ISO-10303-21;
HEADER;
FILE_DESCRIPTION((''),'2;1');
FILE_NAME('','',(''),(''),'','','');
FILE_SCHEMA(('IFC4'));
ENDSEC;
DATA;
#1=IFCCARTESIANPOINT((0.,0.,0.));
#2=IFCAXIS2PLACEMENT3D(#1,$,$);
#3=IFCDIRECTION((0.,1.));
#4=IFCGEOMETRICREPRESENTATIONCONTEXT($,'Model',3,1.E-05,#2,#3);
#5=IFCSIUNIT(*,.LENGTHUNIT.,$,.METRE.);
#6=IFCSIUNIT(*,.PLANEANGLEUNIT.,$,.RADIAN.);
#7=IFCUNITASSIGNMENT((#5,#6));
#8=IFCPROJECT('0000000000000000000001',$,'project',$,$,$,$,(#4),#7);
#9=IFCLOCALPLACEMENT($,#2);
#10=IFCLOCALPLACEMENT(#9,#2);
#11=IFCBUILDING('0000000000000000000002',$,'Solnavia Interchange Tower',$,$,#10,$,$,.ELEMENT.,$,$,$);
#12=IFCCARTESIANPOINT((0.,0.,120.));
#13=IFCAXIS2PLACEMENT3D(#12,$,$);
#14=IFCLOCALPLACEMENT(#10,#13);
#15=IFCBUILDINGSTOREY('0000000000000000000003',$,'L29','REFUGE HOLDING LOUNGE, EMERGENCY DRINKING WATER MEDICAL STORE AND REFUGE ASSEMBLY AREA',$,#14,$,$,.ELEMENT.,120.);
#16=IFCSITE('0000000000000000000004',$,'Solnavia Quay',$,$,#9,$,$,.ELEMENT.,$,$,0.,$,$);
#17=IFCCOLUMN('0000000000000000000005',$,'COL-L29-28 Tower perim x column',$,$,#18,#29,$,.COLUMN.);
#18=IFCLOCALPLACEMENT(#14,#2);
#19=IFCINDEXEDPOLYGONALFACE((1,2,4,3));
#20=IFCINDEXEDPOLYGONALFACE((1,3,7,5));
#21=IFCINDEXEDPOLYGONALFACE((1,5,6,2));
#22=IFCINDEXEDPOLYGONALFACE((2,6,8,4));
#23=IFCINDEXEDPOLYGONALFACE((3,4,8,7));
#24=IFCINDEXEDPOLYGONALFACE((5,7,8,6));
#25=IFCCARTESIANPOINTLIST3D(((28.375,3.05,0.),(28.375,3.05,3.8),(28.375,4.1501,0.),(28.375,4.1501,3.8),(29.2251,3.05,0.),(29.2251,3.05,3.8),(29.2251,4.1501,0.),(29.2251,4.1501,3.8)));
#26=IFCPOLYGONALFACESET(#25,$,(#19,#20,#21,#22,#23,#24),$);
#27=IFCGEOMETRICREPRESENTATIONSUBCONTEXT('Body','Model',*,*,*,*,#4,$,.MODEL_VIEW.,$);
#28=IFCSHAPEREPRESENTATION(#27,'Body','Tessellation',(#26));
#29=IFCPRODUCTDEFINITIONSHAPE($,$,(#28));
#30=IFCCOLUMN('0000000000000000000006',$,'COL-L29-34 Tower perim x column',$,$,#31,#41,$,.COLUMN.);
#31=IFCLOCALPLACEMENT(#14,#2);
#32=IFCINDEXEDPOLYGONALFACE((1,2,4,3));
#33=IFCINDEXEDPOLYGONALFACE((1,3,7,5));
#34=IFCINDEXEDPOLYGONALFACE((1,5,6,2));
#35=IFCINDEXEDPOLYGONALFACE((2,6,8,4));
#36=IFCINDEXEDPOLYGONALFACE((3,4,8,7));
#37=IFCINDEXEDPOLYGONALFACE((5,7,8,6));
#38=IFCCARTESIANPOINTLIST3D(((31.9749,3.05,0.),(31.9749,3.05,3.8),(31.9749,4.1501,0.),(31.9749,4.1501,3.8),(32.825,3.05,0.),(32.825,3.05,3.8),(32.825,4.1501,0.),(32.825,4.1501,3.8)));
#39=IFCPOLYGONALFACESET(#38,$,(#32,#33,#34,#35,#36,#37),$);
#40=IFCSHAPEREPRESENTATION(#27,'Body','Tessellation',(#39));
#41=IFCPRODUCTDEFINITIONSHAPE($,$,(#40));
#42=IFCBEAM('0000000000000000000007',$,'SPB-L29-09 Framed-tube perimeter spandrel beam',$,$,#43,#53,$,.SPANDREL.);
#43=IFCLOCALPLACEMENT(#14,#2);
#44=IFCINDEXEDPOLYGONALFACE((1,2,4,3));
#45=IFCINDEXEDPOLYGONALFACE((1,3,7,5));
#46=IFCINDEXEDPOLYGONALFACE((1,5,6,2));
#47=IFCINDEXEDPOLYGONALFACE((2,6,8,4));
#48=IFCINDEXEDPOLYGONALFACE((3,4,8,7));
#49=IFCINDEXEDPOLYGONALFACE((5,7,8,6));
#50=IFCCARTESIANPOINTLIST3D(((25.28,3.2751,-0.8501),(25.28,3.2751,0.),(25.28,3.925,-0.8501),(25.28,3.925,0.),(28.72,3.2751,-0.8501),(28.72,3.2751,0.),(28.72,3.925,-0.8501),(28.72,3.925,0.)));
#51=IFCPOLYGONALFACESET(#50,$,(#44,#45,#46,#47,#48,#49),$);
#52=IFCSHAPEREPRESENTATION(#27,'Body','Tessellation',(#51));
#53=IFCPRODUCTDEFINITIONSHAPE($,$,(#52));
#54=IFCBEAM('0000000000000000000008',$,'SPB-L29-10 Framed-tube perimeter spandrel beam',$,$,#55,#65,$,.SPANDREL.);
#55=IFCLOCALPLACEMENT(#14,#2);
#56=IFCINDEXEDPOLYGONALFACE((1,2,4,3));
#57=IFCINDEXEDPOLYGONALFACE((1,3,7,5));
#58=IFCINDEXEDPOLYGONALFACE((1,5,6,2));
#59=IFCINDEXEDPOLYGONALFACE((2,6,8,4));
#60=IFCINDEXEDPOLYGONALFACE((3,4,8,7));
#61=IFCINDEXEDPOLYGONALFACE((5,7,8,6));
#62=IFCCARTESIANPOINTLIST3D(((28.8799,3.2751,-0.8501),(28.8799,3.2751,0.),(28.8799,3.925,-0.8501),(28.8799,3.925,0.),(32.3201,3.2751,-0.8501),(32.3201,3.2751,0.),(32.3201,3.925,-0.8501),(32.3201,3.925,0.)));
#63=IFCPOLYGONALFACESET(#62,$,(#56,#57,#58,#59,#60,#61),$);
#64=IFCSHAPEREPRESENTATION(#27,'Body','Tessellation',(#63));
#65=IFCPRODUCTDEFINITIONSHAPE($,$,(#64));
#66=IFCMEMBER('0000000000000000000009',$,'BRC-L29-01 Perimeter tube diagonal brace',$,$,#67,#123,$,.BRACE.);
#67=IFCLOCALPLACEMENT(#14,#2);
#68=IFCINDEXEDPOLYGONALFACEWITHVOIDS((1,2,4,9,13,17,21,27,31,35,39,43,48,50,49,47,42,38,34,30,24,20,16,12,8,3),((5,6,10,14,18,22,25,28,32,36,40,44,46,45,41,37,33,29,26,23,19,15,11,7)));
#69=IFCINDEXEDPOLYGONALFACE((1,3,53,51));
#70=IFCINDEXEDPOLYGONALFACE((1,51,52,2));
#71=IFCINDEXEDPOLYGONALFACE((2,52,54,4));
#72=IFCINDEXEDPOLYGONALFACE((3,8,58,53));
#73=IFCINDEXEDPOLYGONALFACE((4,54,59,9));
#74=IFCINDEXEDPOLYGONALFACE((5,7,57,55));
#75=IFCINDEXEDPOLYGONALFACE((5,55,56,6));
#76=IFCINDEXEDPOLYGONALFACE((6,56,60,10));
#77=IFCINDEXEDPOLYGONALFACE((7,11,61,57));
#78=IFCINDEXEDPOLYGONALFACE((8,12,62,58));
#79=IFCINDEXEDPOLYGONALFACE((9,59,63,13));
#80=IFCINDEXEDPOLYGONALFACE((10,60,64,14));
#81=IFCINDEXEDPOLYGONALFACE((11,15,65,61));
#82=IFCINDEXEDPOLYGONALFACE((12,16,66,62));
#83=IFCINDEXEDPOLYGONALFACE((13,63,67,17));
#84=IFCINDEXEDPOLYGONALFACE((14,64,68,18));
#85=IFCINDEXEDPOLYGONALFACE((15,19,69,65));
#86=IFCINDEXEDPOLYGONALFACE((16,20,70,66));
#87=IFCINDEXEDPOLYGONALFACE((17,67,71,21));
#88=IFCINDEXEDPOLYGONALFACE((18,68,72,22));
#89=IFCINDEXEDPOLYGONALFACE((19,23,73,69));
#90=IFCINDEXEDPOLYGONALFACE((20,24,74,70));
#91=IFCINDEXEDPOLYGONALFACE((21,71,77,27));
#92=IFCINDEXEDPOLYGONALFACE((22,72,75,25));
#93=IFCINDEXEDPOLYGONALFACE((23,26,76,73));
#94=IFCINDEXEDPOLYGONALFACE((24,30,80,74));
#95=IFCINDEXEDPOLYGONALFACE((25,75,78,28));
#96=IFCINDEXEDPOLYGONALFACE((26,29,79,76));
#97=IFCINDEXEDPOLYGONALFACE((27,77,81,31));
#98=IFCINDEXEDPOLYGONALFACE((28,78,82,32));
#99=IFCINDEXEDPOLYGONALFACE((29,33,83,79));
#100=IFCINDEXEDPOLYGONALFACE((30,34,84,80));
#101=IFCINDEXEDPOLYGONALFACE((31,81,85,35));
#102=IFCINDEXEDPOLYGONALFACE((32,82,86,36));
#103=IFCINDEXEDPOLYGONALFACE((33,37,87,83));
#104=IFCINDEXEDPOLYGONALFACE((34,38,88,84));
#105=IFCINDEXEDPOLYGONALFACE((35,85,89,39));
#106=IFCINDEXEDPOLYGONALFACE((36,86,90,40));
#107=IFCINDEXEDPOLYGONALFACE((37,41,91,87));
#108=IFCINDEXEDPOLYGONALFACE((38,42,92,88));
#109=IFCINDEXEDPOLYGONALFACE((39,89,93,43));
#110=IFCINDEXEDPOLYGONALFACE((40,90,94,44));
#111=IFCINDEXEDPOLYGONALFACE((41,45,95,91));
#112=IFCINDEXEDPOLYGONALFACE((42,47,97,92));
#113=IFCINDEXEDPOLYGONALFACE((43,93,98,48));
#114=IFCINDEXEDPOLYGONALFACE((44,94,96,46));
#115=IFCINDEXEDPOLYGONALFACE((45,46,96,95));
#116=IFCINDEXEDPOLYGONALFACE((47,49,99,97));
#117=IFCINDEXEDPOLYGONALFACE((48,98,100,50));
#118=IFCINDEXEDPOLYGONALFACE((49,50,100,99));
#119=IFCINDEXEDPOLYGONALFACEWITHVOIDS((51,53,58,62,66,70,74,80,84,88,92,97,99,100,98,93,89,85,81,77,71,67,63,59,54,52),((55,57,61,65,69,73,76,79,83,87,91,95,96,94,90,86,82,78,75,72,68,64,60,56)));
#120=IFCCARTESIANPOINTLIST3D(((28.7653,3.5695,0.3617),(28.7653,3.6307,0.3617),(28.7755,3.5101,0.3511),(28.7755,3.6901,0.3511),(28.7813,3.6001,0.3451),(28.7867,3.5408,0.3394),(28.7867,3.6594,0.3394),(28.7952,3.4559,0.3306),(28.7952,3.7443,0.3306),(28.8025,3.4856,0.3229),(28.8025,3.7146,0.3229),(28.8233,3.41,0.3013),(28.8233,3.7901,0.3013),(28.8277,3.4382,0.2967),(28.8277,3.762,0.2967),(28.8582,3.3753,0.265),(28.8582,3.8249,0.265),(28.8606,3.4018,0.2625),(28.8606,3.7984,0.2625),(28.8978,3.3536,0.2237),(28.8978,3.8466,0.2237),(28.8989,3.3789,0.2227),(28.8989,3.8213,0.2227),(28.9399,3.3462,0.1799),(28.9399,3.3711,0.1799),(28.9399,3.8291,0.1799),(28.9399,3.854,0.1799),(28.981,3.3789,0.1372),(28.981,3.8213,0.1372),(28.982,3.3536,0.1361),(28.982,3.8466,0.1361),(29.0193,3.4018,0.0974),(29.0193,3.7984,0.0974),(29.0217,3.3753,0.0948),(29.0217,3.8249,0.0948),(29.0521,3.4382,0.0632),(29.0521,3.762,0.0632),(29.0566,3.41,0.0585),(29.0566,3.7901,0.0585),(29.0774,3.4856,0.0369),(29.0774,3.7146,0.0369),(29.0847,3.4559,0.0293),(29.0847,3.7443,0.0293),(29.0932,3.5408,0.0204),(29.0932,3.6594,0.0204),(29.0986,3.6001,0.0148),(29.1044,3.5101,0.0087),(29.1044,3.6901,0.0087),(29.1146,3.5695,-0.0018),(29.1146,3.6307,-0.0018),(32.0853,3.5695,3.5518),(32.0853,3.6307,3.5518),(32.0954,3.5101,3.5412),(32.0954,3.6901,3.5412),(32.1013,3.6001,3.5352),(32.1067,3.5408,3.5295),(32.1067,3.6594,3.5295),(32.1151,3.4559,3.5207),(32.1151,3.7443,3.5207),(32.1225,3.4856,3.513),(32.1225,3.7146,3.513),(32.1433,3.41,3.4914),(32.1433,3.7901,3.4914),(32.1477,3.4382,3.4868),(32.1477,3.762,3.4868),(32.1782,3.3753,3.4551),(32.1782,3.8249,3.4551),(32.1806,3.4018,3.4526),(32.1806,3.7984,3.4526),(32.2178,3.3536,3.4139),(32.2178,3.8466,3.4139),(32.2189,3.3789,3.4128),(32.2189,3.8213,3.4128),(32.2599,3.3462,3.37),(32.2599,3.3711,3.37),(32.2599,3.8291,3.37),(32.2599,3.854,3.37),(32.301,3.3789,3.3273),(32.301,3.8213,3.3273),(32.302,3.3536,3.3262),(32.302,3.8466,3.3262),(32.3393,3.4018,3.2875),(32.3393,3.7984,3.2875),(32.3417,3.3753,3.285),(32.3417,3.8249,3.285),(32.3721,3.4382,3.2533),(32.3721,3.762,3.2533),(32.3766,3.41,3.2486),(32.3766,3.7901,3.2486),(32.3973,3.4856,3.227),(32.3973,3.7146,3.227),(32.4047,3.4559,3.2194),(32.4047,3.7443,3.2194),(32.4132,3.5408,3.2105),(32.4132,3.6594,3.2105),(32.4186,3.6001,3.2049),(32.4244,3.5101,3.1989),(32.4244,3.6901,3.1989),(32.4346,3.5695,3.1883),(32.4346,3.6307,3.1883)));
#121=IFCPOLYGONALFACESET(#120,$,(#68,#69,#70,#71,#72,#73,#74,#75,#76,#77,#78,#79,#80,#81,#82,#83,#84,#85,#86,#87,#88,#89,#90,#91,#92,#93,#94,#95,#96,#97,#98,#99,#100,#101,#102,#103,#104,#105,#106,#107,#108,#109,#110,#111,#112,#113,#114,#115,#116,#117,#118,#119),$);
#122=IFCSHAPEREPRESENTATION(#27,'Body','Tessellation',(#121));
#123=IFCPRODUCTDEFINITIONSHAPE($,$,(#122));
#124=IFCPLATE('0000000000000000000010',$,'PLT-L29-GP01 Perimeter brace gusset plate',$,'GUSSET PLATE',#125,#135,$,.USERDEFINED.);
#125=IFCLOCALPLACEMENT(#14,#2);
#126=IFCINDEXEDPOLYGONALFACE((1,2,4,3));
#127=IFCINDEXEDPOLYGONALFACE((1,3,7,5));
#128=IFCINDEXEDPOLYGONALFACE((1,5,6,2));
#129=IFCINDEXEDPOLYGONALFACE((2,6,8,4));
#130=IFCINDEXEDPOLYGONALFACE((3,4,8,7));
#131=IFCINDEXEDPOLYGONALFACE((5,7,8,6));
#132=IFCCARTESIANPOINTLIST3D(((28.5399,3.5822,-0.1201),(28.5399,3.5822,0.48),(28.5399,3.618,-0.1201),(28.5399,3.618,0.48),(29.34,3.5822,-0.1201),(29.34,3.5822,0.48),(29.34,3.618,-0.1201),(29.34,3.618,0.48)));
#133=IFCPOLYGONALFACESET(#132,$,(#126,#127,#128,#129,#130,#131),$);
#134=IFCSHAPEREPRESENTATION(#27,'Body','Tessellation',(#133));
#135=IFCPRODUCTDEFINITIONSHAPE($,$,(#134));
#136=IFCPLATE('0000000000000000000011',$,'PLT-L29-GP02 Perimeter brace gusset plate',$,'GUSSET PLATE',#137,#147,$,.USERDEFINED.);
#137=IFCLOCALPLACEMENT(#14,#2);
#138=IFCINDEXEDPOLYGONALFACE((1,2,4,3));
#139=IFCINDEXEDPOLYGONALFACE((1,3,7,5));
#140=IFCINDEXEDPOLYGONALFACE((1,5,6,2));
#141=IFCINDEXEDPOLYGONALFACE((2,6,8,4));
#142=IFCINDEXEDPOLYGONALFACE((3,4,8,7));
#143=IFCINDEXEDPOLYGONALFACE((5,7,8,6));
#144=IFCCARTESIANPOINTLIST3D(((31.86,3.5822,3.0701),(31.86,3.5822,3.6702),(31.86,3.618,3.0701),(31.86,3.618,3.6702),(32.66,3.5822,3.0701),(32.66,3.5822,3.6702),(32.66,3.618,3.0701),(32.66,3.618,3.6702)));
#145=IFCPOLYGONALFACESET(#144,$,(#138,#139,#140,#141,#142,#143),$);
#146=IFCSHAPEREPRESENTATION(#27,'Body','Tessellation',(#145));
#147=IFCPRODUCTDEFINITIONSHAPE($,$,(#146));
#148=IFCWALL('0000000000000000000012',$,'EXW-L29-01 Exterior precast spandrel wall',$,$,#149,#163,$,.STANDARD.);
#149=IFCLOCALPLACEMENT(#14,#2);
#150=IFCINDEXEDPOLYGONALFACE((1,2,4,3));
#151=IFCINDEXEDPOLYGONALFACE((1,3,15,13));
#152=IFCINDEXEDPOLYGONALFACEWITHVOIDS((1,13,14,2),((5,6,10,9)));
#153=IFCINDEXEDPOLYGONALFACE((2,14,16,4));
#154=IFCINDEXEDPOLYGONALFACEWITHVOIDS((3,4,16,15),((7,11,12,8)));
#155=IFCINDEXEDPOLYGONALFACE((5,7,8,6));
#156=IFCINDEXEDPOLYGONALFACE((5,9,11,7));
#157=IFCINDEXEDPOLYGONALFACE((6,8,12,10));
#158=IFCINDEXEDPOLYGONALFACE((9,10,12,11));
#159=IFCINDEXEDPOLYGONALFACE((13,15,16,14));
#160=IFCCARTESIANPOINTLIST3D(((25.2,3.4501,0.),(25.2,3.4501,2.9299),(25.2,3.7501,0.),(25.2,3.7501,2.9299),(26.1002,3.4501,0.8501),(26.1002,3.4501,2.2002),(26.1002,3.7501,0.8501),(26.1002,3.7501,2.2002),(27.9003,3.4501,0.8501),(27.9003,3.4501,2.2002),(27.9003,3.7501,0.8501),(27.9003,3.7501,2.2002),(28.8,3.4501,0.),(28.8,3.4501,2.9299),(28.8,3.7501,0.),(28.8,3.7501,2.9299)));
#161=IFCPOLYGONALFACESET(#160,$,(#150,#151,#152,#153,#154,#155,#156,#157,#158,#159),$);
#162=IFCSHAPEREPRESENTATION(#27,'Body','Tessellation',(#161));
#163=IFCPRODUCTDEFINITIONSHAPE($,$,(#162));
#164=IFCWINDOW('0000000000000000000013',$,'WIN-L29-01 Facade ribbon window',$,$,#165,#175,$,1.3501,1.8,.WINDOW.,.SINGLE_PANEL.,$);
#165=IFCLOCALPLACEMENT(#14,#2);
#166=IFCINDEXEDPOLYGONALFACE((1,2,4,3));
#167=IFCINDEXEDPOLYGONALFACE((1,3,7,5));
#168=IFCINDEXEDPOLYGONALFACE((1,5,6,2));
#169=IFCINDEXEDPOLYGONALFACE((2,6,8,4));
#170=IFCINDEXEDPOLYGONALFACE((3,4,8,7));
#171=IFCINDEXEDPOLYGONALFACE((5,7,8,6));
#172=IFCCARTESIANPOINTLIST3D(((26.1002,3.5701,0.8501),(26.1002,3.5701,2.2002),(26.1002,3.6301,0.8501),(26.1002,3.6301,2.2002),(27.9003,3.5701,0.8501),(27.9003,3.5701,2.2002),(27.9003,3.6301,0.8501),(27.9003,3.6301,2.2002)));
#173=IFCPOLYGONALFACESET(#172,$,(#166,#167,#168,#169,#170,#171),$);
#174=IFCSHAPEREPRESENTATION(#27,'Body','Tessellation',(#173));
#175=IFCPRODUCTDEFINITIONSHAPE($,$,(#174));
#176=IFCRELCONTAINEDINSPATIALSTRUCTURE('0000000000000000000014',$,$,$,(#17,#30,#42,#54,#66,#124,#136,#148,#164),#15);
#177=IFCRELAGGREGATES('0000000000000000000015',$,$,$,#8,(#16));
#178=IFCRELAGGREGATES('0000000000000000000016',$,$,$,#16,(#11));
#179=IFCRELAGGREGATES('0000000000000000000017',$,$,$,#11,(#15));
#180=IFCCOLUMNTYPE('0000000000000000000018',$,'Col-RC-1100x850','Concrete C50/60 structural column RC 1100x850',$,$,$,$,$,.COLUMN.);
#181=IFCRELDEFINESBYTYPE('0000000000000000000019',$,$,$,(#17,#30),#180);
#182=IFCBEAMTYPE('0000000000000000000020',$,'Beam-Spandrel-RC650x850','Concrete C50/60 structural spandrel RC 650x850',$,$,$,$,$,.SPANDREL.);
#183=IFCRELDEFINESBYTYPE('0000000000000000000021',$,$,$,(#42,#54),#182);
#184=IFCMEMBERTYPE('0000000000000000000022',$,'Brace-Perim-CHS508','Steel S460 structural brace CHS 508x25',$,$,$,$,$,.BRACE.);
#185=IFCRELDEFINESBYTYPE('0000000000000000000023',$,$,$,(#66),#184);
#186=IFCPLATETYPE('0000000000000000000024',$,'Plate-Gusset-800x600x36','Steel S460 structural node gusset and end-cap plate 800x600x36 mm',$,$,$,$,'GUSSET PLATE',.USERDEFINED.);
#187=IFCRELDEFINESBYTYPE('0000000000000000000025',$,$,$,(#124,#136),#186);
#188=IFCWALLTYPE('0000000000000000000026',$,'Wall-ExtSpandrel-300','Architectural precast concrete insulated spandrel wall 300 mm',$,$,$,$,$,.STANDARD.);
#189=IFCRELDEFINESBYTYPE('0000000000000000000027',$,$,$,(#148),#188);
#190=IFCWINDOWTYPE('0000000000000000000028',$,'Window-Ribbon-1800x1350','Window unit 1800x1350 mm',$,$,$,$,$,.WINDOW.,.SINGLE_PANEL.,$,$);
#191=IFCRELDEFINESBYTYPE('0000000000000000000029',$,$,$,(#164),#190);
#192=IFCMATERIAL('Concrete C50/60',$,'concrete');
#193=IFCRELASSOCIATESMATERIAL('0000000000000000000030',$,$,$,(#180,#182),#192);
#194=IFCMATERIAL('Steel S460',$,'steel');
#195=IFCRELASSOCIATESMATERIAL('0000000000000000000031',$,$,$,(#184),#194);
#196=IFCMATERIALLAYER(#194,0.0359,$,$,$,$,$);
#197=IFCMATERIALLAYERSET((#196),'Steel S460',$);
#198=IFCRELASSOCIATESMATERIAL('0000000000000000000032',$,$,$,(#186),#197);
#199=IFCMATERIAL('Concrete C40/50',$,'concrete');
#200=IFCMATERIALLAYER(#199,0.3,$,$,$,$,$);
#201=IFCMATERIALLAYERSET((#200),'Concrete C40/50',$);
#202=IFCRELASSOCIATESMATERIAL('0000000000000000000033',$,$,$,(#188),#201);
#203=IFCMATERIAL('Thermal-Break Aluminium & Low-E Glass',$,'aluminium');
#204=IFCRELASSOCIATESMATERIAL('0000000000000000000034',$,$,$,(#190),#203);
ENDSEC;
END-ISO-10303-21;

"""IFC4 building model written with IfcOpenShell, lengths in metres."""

from ifc_helpers import new_model, si_unit, direction, frame, frame_2d, origin, origin_2d, place, context, subcontext, project, spatial, rectangle, hollow_circle, extrude, material, layer, layer_set, material_profile, profile_set, type_object, element, fill, save


model = new_model("IFC4")

# Units and contexts
model_context = context("Model", 3, precision=1e-05, world=origin(), true_north=direction((0.0, 1.0)))
body_context = subcontext(model_context, "Body", "Model", "MODEL_VIEW")
ifc_project = project(units=[si_unit("LENGTHUNIT", "METRE"), si_unit("PLANEANGLEUNIT", "RADIAN")], contexts=[model_context])

# Site, building, storey
site_placement = place(None, origin())
site = spatial("IfcSite", under=ifc_project, at=site_placement, Name="Solnavia Quay", CompositionType="ELEMENT", RefElevation=0.0)
building_placement = place(site_placement, origin())
building = spatial("IfcBuilding", under=site, at=building_placement, Name="Solnavia Interchange Tower", CompositionType="ELEMENT")
storey_placement = place(building_placement, frame((0.0, 0.0, 120.0)))
storey = spatial("IfcBuildingStorey", under=building, at=storey_placement, Name="L29", Description="REFUGE HOLDING LOUNGE, EMERGENCY DRINKING WATER MEDICAL STORE AND REFUGE ASSEMBLY AREA", CompositionType="ELEMENT", Elevation=120.0)

# Columns
ifc_material_1 = material(Name="Concrete C50/60", Category="concrete")
ifc_material_profile_1 = material_profile(ifc_material_1, rectangle(XDim=0.8501, YDim=1.1001, at=origin_2d()), Name="RC 1100x850")
ifc_profile_set_1 = profile_set([ifc_material_profile_1], Name="Concrete C50/60")
column_type = type_object("IfcColumnType", Name="Col-RC-1100x850", Description="Concrete C50/60 structural column RC 1100x850", PredefinedType="COLUMN", material=ifc_profile_set_1)
for number, where, z_axis, x_axis, name in (
    (1, (28.8, 3.6001, 0.0), (0.0, 0.0, 1.0), (1.0, 0.0, 0.0), "COL-L29-28 Tower perim x column"),
    (2, (32.3999, 3.6001, 0.0), (0.0, 0.0, 1.0), (1.0, 0.0, 0.0), "COL-L29-34 Tower perim x column"),
):
    element("IfcColumn", number, at=place(storey_placement, frame(where, z_axis=z_axis, x_axis=x_axis)), inside=storey, type_object=column_type, Name=name, PredefinedType="COLUMN", context=body_context, shape_type="SweptSolid", body=[
        extrude(rectangle(XDim=0.8501, YDim=1.1001, at=origin_2d()), origin(), (0.0, 0.0, 1.0), 3.8),
    ])

# Beams
ifc_material_profile_2 = material_profile(ifc_material_1, rectangle(XDim=0.6499, YDim=0.8501, at=origin_2d()), Name="RC 650x850")
ifc_profile_set_2 = profile_set([ifc_material_profile_2], Name="Concrete C50/60")
beam_type = type_object("IfcBeamType", Name="Beam-Spandrel-RC650x850", Description="Concrete C50/60 structural spandrel RC 650x850", PredefinedType="SPANDREL", material=ifc_profile_set_2)
beam_1_placement = place(storey_placement, frame((25.28, 3.6001, -0.425), z_axis=(1.0, 0.0, 0.0), x_axis=(0.0, 1.0, 0.0)))
element("IfcBeam", 3, at=beam_1_placement, inside=storey, type_object=beam_type, Name="SPB-L29-09 Framed-tube perimeter spandrel beam", PredefinedType="SPANDREL", context=body_context, shape_type="SweptSolid", body=[
    extrude(rectangle(XDim=0.6499, YDim=0.8501, at=origin_2d()), origin(), (0.0, 0.0, 1.0), 3.4399),
])
beam_2_placement = place(storey_placement, frame((28.8799, 3.6001, -0.425), z_axis=(1.0, 0.0, 0.0), x_axis=(0.0, 1.0, 0.0)))
element("IfcBeam", 4, at=beam_2_placement, inside=storey, type_object=beam_type, Name="SPB-L29-10 Framed-tube perimeter spandrel beam", PredefinedType="SPANDREL", context=body_context, shape_type="SweptSolid", body=[
    extrude(rectangle(XDim=0.6499, YDim=0.8501, at=origin_2d()), origin(), (0.0, 0.0, 1.0), 3.4402),
])

# Member
ifc_material_2 = material(Name="Steel S460", Category="steel")
ifc_material_profile_3 = material_profile(ifc_material_2, hollow_circle(Radius=0.2539, WallThickness=0.0249, at=origin_2d()), Name="CHS 508x25")
ifc_profile_set_3 = profile_set([ifc_material_profile_3], Name="Steel S460")
member_type = type_object("IfcMemberType", Name="Brace-Perim-CHS508", Description="Steel S460 structural brace CHS 508x25", PredefinedType="BRACE", material=ifc_profile_set_3)
member_placement = place(storey_placement, frame((28.9399, 3.6001, 0.1799), z_axis=(0.72107, 0.0, 0.692862), x_axis=(0.0, 1.0, 0.0)))
element("IfcMember", 5, at=member_placement, inside=storey, type_object=member_type, Name="BRC-L29-01 Perimeter tube diagonal brace", PredefinedType="BRACE", context=body_context, shape_type="SweptSolid", body=[
    extrude(hollow_circle(Radius=0.2539, WallThickness=0.0249, at=origin_2d()), origin(), (0.0, 0.0, 1.0), 4.6042),
])

# Plates
ifc_layer_1 = layer(ifc_material_2, 0.0359)
ifc_layer_set_1 = layer_set([ifc_layer_1], Name="Steel S460")
plate_type = type_object("IfcPlateType", Name="Plate-Gusset-800x600x36", Description="Steel S460 structural node gusset and end-cap plate 800x600x36 mm", ElementType="GUSSET PLATE", PredefinedType="USERDEFINED", material=ifc_layer_set_1)
for number, where, z_axis, x_axis, name in (
    (6, (28.9399, 3.6001, -0.1201), (0.0, 0.0, 1.0), (1.0, 0.0, 0.0), "PLT-L29-GP01 Perimeter brace gusset plate"),
    (7, (32.26, 3.6001, 3.0701), (0.0, 0.0, 1.0), (1.0, 0.0, 0.0), "PLT-L29-GP02 Perimeter brace gusset plate"),
):
    element("IfcPlate", number, at=place(storey_placement, frame(where, z_axis=z_axis, x_axis=x_axis)), inside=storey, type_object=plate_type, Name=name, ObjectType="GUSSET PLATE", PredefinedType="USERDEFINED", context=body_context, shape_type="SweptSolid", body=[
        extrude(rectangle(XDim=0.8, YDim=0.0359, at=origin_2d()), origin(), (0.0, 0.0, 1.0), 0.6001),
    ])

# Wall, opening, window
ifc_material_3 = material(Name="Concrete C40/50", Category="concrete")
ifc_layer_2 = layer(ifc_material_3, 0.3)
ifc_layer_set_2 = layer_set([ifc_layer_2], Name="Concrete C40/50")
wall_type_1 = type_object("IfcWallType", Name="Wall-ExtSpandrel-300", Description="Architectural precast concrete insulated spandrel wall 300 mm", PredefinedType="STANDARD", material=ifc_layer_set_2)
wall_1_placement = place(storey_placement, frame((28.8, 3.6001, 0.0), z_axis=(0.0, 0.0, 1.0), x_axis=(-1.0, 0.0, 0.0)))
wall_1 = element("IfcWall", 8, at=wall_1_placement, inside=storey, type_object=wall_type_1, Name="EXW-L29-01 Exterior precast spandrel wall", PredefinedType="STANDARD", context=body_context, shape_type="SweptSolid", body=[
    extrude(rectangle(XDim=3.6001, YDim=0.3, at=frame_2d((1.8, 0.0))), origin(), (0.0, 0.0, 1.0), 2.9299),
])
opening_1_placement = place(wall_1_placement, frame((0.8999, 0.0, 0.8501)))
opening_1 = element("IfcOpeningElement", 9, at=opening_1_placement, cuts=wall_1, PredefinedType="OPENING", context=body_context, shape_type="SweptSolid", body=[
    extrude(rectangle(XDim=1.8, YDim=1.3501, at=frame_2d((0.8999, 0.675))), frame((0.0, 0.1602, 0.0), z_axis=(0.0, -1.0, 0.0), x_axis=(1.0, 0.0, 0.0)), (0.0, 0.0, 1.0), 0.3201),
])
ifc_material_4 = material(Name="Thermal-Break Aluminium & Low-E Glass", Category="aluminium")
window_type_1 = type_object("IfcWindowType", Name="Window-Ribbon-1800x1350", Description="Window unit 1800x1350 mm", PartitioningType="SINGLE_PANEL", PredefinedType="WINDOW", material=ifc_material_4)
window_1_placement = place(opening_1_placement, origin())
window_1 = element("IfcWindow", 10, at=window_1_placement, inside=storey, type_object=window_type_1, Name="WIN-L29-01 Facade ribbon window", OverallHeight=1.3501, OverallWidth=1.8, PartitioningType="SINGLE_PANEL", PredefinedType="WINDOW", context=body_context, shape_type="SweptSolid", body=[
    extrude(rectangle(XDim=1.8, YDim=1.3501, at=frame_2d((0.8999, 0.675))), frame((0.0, 0.03, 0.0), z_axis=(0.0, -1.0, 0.0), x_axis=(1.0, 0.0, 0.0)), (0.0, 0.0, 1.0), 0.0601),
])
fill(opening_1, window_1)

save(model, "model.ifc")
